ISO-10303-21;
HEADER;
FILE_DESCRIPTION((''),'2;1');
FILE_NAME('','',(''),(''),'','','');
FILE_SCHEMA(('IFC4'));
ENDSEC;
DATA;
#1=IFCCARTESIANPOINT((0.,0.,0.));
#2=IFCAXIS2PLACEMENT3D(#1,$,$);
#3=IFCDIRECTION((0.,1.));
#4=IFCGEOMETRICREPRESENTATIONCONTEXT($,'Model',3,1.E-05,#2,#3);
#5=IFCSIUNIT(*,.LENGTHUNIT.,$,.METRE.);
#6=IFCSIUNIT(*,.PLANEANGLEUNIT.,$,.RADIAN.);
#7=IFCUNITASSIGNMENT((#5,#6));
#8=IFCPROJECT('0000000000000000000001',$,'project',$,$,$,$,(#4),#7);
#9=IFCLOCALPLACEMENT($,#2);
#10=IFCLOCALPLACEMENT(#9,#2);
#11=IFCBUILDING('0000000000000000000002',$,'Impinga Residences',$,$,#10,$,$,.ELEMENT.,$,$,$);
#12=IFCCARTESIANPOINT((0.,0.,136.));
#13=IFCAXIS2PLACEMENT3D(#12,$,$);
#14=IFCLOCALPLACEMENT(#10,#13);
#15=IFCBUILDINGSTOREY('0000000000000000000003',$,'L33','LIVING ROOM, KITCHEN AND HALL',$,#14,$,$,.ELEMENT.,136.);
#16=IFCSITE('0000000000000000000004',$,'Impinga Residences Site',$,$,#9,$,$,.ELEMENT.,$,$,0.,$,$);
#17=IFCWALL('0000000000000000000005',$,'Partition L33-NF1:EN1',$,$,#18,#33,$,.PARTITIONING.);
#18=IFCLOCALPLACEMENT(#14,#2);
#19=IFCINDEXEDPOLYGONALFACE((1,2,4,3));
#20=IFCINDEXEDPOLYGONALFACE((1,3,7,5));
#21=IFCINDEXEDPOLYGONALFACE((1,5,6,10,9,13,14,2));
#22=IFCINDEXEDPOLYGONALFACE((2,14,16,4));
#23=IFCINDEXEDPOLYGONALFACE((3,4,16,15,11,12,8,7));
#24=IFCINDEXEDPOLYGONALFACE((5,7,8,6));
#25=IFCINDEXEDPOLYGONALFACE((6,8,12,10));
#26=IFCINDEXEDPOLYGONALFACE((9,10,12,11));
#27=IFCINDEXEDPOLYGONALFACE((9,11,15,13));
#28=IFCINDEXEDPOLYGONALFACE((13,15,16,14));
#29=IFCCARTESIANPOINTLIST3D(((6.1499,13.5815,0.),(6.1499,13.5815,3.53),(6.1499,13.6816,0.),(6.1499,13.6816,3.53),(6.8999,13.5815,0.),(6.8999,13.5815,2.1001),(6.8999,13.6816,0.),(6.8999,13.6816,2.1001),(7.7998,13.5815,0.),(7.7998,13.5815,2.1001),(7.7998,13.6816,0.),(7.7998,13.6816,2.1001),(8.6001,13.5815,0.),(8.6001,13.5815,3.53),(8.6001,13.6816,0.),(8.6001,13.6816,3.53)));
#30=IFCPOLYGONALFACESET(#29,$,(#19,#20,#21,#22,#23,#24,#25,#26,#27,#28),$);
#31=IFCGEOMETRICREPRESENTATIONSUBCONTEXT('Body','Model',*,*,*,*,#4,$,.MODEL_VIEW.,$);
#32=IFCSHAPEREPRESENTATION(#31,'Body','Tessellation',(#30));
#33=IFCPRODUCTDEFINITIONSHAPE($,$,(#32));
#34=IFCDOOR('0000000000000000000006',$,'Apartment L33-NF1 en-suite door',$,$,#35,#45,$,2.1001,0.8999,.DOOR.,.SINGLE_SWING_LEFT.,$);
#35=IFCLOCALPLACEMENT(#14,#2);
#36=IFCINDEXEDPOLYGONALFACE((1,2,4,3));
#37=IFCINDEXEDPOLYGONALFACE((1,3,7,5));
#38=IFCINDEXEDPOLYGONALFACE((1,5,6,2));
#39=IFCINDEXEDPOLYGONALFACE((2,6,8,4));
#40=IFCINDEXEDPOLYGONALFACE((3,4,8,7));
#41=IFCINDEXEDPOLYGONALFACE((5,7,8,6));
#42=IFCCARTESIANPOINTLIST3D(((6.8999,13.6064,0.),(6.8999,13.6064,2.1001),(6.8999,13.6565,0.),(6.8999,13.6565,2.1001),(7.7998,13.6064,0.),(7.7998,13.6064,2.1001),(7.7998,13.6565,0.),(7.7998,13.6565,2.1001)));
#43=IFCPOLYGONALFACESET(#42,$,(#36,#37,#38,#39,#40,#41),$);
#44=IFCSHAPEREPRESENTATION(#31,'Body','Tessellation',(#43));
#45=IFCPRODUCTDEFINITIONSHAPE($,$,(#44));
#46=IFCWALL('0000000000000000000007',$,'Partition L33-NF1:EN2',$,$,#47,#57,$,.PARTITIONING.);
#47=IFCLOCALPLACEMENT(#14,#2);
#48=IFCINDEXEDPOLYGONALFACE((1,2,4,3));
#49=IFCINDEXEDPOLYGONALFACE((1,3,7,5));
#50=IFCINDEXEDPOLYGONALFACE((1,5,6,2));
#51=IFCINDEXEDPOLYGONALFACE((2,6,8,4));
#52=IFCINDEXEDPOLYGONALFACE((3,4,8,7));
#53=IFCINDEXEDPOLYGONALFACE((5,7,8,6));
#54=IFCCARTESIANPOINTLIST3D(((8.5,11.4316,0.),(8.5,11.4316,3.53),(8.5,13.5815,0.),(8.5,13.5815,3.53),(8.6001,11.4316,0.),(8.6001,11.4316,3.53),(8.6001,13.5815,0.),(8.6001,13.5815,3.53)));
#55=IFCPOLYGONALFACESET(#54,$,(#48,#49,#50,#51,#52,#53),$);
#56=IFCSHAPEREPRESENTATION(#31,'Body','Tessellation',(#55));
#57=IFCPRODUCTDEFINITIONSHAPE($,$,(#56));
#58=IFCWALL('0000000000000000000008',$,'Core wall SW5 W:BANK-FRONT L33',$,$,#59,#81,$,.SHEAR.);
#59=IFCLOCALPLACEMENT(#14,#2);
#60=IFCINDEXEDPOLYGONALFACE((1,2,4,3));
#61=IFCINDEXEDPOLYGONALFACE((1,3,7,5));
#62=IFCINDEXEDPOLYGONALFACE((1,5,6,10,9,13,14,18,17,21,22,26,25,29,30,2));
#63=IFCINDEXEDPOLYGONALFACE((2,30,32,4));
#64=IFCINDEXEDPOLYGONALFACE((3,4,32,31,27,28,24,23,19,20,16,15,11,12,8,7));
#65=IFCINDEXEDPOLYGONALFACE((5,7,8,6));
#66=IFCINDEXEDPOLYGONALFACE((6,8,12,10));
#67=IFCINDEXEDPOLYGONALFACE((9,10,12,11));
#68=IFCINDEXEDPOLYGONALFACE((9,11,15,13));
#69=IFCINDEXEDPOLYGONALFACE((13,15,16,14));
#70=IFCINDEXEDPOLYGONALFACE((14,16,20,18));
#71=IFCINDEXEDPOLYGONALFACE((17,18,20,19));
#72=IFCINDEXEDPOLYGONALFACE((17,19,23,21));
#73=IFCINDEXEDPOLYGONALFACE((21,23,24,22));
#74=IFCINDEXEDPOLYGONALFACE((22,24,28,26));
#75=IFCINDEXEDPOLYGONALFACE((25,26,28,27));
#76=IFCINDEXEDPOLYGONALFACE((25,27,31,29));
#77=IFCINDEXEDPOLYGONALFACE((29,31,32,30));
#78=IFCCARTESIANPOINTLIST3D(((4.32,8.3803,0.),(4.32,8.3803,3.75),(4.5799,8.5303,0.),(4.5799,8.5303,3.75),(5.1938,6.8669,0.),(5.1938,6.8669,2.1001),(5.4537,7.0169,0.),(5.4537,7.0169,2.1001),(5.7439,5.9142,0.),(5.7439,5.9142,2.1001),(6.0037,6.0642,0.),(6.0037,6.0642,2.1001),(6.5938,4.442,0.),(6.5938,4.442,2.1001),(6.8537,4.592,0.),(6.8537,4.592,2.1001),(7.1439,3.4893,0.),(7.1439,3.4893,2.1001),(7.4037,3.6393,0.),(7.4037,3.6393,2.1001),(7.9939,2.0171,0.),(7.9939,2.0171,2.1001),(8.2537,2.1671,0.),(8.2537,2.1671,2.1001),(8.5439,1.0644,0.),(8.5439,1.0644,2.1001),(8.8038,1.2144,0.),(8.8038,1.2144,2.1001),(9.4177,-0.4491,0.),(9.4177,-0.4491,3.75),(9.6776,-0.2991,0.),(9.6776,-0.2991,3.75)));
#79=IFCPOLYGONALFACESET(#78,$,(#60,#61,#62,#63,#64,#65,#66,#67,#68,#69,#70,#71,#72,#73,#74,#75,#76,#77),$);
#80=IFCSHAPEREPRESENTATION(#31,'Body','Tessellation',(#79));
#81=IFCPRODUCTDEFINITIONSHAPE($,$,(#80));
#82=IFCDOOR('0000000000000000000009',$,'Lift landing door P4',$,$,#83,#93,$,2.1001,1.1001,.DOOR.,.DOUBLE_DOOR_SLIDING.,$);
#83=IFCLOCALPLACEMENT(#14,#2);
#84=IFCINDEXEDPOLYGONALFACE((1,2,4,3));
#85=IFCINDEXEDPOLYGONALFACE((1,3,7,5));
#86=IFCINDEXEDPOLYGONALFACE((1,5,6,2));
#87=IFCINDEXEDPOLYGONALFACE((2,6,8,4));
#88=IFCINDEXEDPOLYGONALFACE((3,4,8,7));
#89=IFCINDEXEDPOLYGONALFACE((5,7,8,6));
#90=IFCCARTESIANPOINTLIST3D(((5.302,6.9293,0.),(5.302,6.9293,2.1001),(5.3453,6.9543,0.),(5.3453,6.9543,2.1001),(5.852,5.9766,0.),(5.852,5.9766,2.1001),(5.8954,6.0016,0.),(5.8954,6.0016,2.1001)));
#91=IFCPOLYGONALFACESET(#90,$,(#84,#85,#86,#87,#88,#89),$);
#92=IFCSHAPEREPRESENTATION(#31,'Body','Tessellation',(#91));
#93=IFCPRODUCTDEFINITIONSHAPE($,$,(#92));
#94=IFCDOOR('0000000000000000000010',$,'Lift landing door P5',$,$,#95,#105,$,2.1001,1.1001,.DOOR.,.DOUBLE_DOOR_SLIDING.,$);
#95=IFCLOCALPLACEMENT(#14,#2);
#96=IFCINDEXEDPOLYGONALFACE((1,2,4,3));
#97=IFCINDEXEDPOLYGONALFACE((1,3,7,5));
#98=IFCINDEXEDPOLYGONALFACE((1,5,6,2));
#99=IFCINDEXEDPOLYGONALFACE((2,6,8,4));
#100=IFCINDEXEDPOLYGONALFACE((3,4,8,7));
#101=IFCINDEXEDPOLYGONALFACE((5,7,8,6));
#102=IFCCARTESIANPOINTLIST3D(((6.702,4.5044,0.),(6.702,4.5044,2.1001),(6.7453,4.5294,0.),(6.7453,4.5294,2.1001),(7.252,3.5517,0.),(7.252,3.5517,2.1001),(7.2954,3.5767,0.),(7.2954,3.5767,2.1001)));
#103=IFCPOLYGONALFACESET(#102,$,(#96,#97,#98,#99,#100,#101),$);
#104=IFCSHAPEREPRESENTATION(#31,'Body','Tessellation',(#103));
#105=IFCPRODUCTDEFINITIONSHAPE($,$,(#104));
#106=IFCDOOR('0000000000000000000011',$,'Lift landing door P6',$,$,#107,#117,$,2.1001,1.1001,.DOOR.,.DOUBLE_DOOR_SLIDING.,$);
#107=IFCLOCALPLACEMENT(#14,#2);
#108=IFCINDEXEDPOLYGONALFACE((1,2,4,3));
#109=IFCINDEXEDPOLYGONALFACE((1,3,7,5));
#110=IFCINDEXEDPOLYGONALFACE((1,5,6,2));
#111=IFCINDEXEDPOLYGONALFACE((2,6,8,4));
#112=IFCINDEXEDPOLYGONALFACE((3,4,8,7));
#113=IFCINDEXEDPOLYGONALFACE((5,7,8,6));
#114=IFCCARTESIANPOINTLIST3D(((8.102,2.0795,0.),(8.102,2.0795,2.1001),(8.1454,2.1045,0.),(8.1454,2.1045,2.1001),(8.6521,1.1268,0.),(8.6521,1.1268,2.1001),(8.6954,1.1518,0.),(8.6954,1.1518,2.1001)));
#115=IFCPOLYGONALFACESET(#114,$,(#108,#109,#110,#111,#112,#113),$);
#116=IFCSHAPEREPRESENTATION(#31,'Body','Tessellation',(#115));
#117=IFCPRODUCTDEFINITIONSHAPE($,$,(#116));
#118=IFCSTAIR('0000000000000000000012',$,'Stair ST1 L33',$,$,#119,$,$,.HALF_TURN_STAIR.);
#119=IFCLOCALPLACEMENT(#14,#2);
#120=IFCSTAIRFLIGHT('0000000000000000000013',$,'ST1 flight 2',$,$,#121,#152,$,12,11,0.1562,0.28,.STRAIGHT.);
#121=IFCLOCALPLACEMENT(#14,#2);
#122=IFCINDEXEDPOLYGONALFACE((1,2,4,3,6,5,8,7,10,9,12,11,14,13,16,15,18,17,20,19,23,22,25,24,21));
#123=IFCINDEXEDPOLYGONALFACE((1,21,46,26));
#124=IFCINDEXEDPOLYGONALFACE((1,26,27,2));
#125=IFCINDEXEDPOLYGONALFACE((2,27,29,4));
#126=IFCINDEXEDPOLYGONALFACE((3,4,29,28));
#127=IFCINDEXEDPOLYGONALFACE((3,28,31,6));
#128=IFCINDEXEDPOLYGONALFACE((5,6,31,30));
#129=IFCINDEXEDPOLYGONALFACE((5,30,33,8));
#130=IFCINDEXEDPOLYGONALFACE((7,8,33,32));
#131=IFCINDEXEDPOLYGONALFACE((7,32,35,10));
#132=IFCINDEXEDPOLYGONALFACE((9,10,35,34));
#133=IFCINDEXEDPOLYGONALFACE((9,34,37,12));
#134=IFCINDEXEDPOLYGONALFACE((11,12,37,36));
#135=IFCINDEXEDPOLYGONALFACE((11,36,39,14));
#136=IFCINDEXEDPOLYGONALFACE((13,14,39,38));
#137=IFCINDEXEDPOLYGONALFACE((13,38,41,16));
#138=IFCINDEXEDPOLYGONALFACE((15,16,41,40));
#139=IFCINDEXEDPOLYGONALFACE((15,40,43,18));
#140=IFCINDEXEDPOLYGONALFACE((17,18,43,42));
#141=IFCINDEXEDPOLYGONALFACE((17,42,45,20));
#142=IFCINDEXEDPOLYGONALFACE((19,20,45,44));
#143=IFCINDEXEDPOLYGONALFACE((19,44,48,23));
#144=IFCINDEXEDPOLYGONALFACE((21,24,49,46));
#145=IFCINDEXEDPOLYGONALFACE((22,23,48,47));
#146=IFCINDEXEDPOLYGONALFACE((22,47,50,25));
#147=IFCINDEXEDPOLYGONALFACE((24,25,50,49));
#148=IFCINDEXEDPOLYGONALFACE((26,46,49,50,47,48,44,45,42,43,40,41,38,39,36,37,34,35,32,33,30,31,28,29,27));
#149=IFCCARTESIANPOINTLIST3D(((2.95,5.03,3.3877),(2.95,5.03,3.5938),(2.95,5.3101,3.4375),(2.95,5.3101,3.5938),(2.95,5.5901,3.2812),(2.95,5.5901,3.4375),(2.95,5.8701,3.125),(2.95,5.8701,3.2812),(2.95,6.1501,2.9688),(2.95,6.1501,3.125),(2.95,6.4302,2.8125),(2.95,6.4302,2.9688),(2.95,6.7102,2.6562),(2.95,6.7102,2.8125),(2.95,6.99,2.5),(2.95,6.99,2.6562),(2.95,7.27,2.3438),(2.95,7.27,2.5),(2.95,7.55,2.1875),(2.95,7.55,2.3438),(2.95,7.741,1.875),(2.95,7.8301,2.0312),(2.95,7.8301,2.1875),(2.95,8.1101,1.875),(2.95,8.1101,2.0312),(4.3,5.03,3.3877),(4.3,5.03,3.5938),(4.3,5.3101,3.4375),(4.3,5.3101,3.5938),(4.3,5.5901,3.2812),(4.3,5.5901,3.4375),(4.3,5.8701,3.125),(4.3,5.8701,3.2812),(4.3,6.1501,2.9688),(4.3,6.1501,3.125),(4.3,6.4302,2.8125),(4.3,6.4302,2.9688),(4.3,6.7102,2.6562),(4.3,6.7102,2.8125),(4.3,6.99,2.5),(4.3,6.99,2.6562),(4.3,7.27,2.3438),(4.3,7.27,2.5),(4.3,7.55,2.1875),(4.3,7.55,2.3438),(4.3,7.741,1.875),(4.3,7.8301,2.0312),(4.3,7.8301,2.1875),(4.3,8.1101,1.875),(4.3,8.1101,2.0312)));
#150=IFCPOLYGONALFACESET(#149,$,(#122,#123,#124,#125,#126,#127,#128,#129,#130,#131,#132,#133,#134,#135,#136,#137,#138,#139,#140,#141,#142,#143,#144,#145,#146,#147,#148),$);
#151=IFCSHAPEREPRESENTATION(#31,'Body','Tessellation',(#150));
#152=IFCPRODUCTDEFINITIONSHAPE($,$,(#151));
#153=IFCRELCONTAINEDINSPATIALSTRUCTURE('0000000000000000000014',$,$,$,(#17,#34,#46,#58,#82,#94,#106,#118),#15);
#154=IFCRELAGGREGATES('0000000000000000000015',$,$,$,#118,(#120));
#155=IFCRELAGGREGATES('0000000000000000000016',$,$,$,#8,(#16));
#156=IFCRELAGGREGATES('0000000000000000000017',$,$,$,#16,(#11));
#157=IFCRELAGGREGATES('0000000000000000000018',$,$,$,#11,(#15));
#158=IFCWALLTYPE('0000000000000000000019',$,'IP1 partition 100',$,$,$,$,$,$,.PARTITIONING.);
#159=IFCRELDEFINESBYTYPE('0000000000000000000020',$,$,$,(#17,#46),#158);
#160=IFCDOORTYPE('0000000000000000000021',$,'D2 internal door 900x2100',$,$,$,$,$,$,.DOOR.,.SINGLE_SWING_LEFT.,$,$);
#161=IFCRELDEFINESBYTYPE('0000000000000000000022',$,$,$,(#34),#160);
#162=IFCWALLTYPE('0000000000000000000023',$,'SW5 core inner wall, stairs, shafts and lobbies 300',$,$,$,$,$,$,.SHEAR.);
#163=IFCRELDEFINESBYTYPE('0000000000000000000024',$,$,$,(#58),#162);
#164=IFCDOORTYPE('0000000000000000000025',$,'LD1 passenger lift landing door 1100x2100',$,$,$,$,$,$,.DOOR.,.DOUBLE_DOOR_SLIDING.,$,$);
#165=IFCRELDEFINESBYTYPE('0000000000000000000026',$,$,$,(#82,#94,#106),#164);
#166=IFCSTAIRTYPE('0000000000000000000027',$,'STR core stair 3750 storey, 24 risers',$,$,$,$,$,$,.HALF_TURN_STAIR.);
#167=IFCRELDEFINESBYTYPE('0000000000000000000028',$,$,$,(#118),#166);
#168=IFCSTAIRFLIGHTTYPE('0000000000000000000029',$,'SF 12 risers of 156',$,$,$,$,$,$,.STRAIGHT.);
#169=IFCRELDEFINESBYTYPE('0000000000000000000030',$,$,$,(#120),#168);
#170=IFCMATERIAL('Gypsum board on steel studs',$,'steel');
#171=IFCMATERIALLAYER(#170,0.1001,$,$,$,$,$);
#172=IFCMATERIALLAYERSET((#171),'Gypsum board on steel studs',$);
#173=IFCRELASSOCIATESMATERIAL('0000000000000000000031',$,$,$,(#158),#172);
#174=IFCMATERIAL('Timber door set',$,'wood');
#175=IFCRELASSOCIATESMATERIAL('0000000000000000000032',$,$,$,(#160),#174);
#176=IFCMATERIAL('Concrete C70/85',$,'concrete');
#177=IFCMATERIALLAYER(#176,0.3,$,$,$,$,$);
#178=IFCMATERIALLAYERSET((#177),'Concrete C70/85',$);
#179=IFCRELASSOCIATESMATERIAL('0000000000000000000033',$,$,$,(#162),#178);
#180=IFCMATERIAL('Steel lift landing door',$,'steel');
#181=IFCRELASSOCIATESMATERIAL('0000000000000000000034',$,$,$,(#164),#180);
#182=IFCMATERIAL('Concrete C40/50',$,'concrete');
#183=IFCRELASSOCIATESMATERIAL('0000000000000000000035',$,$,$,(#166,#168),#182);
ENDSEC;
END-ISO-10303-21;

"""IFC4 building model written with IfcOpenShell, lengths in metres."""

from ifc_helpers import new_model, si_unit, direction, frame, frame_2d, origin, place, context, subcontext, project, spatial, polyline, rectangle, outline, extrude, material, layer, layer_set, type_object, element, fill, aggregate, save


model = new_model("IFC4")

# Units and contexts
model_context = context("Model", 3, precision=1e-05, world=origin(), true_north=direction((0.0, 1.0)))
body_context = subcontext(model_context, "Body", "Model", "MODEL_VIEW")
ifc_project = project(units=[si_unit("LENGTHUNIT", "METRE"), si_unit("PLANEANGLEUNIT", "RADIAN")], contexts=[model_context])

# Site, building, storey
site_placement = place(None, origin())
site = spatial("IfcSite", under=ifc_project, at=site_placement, Name="Impinga Residences Site", CompositionType="ELEMENT", RefElevation=0.0)
building_placement = place(site_placement, origin())
building = spatial("IfcBuilding", under=site, at=building_placement, Name="Impinga Residences", CompositionType="ELEMENT")
storey_placement = place(building_placement, frame((0.0, 0.0, 136.0)))
storey = spatial("IfcBuildingStorey", under=building, at=storey_placement, Name="L33", Description="LIVING ROOM, KITCHEN AND HALL", CompositionType="ELEMENT", Elevation=136.0)

# Shared definitions
ifc_material_1 = material(Name="Gypsum board on steel studs", Category="steel")
ifc_layer_1 = layer(ifc_material_1, 0.1001)
ifc_layer_set_1 = layer_set([ifc_layer_1], Name="Gypsum board on steel studs")
wall_type_1 = type_object("IfcWallType", Name="IP1 partition 100", PredefinedType="PARTITIONING", material=ifc_layer_set_1)

# Shared definitions
ifc_material_2 = material(Name="Timber door set", Category="wood")
door_type_1 = type_object("IfcDoorType", Name="D2 internal door 900x2100", OperationType="SINGLE_SWING_LEFT", PredefinedType="DOOR", material=ifc_material_2)

# Wall, opening, door
wall_1_placement = place(storey_placement, frame((6.1499, 13.6316, 0.0), z_axis=(0.0, 0.0, 1.0), x_axis=(1.0, 0.0, 0.0)))
wall_1 = element("IfcWall", 1, at=wall_1_placement, inside=storey, type_object=wall_type_1, Name="Partition L33-NF1:EN1", PredefinedType="PARTITIONING", context=body_context, shape_type="SweptSolid", body=[
    extrude(rectangle(XDim=2.4502, YDim=0.1001, at=frame_2d((1.2251, 0.0))), origin(), (0.0, 0.0, 1.0), 3.53),
])
opening_1_placement = place(wall_1_placement, frame((0.75, 0.0, 0.0)))
opening_1 = element("IfcOpeningElement", 2, at=opening_1_placement, cuts=wall_1, PredefinedType="OPENING", context=body_context, shape_type="SweptSolid", body=[
    extrude(rectangle(XDim=0.8999, YDim=2.1001, at=frame_2d((0.45, 1.05))), frame((0.0, 0.0601, 0.0), z_axis=(0.0, -1.0, 0.0), x_axis=(1.0, 0.0, 0.0)), (0.0, 0.0, 1.0), 0.1201),
])
door_1_placement = place(opening_1_placement, origin())
door_1 = element("IfcDoor", 3, at=door_1_placement, inside=storey, type_object=door_type_1, Name="Apartment L33-NF1 en-suite door", OperationType="SINGLE_SWING_LEFT", OverallHeight=2.1001, OverallWidth=0.8999, PredefinedType="DOOR", context=body_context, shape_type="SweptSolid", body=[
    extrude(rectangle(XDim=0.8999, YDim=2.1001, at=frame_2d((0.45, 1.05))), frame((0.0, 0.0249, 0.0), z_axis=(0.0, -1.0, 0.0), x_axis=(1.0, 0.0, 0.0)), (0.0, 0.0, 1.0), 0.05),
])
fill(opening_1, door_1)

# Wall
wall_2_placement = place(storey_placement, frame((8.55, 11.4316, 0.0), z_axis=(0.0, 0.0, 1.0), x_axis=(0.0, 1.0, 0.0)))
element("IfcWall", 4, at=wall_2_placement, inside=storey, type_object=wall_type_1, Name="Partition L33-NF1:EN2", PredefinedType="PARTITIONING", context=body_context, shape_type="SweptSolid", body=[
    extrude(rectangle(XDim=2.1499, YDim=0.1001, at=frame_2d((1.075, 0.0))), origin(), (0.0, 0.0, 1.0), 3.53),
])

# Wall, openings, doors
ifc_material_3 = material(Name="Concrete C70/85", Category="concrete")
ifc_layer_2 = layer(ifc_material_3, 0.3)
ifc_layer_set_2 = layer_set([ifc_layer_2], Name="Concrete C70/85")
wall_type_2 = type_object("IfcWallType", Name="SW5 core inner wall, stairs, shafts and lobbies 300", PredefinedType="SHEAR", material=ifc_layer_set_2)
wall_3_placement = place(storey_placement, frame((4.45, 8.4553, 0.0), z_axis=(0.0, 0.0, 1.0), x_axis=(0.500002, -0.866024, 0.0)))
wall_3 = element("IfcWall", 5, at=wall_3_placement, inside=storey, type_object=wall_type_2, Name="Core wall SW5 W:BANK-FRONT L33", PredefinedType="SHEAR", context=body_context, shape_type="SweptSolid", body=[
    extrude(rectangle(XDim=10.1953, YDim=0.3, at=frame_2d((5.0977, 0.0))), origin(), (0.0, 0.0, 1.0), 3.75),
])
opening_2_placement = place(wall_3_placement, frame((1.7476, 0.0, 0.0)))
opening_2 = element("IfcOpeningElement", 6, at=opening_2_placement, cuts=wall_3, PredefinedType="OPENING", context=body_context, shape_type="SweptSolid", body=[
    extrude(rectangle(XDim=1.1001, YDim=2.1001, at=frame_2d((0.55, 1.05))), frame((0.0, 0.1599, 0.0), z_axis=(0.0, -1.0, 0.0), x_axis=(1.0, 0.0, 0.0)), (0.0, 0.0, 1.0), 0.3201),
])
opening_3_placement = place(wall_3_placement, frame((4.5476, 0.0, 0.0)))
opening_3 = element("IfcOpeningElement", 7, at=opening_3_placement, cuts=wall_3, PredefinedType="OPENING", context=body_context, shape_type="SweptSolid", body=[
    extrude(rectangle(XDim=1.1001, YDim=2.1001, at=frame_2d((0.55, 1.05))), frame((0.0, 0.1599, 0.0), z_axis=(0.0, -1.0, 0.0), x_axis=(1.0, 0.0, 0.0)), (0.0, 0.0, 1.0), 0.3201),
])
opening_4_placement = place(wall_3_placement, frame((7.3477, 0.0, 0.0)))
opening_4 = element("IfcOpeningElement", 8, at=opening_4_placement, cuts=wall_3, PredefinedType="OPENING", context=body_context, shape_type="SweptSolid", body=[
    extrude(rectangle(XDim=1.1001, YDim=2.1001, at=frame_2d((0.55, 1.05))), frame((0.0, 0.1599, 0.0), z_axis=(0.0, -1.0, 0.0), x_axis=(1.0, 0.0, 0.0)), (0.0, 0.0, 1.0), 0.3201),
])
ifc_material_4 = material(Name="Steel lift landing door", Category="steel")
door_type_2 = type_object("IfcDoorType", Name="LD1 passenger lift landing door 1100x2100", OperationType="DOUBLE_DOOR_SLIDING", PredefinedType="DOOR", material=ifc_material_4)
door_2_placement = place(opening_2_placement, origin())
door_2 = element("IfcDoor", 9, at=door_2_placement, inside=storey, type_object=door_type_2, Name="Lift landing door P4", OperationType="DOUBLE_DOOR_SLIDING", OverallHeight=2.1001, OverallWidth=1.1001, PredefinedType="DOOR", context=body_context, shape_type="SweptSolid", body=[
    extrude(rectangle(XDim=1.1001, YDim=2.1001, at=frame_2d((0.55, 1.05))), frame((0.0, 0.0249, 0.0), z_axis=(0.0, -1.0, 0.0), x_axis=(1.0, 0.0, 0.0)), (0.0, 0.0, 1.0), 0.05),
])
fill(opening_2, door_2)
door_3_placement = place(opening_3_placement, origin())
door_3 = element("IfcDoor", 10, at=door_3_placement, inside=storey, type_object=door_type_2, Name="Lift landing door P5", OperationType="DOUBLE_DOOR_SLIDING", OverallHeight=2.1001, OverallWidth=1.1001, PredefinedType="DOOR", context=body_context, shape_type="SweptSolid", body=[
    extrude(rectangle(XDim=1.1001, YDim=2.1001, at=frame_2d((0.55, 1.05))), frame((0.0, 0.0249, 0.0), z_axis=(0.0, -1.0, 0.0), x_axis=(1.0, 0.0, 0.0)), (0.0, 0.0, 1.0), 0.05),
])
fill(opening_3, door_3)
door_4_placement = place(opening_4_placement, origin())
door_4 = element("IfcDoor", 11, at=door_4_placement, inside=storey, type_object=door_type_2, Name="Lift landing door P6", OperationType="DOUBLE_DOOR_SLIDING", OverallHeight=2.1001, OverallWidth=1.1001, PredefinedType="DOOR", context=body_context, shape_type="SweptSolid", body=[
    extrude(rectangle(XDim=1.1001, YDim=2.1001, at=frame_2d((0.55, 1.05))), frame((0.0, 0.0249, 0.0), z_axis=(0.0, -1.0, 0.0), x_axis=(1.0, 0.0, 0.0)), (0.0, 0.0, 1.0), 0.05),
])
fill(opening_4, door_4)

# Stair, stair flight
ifc_material_5 = material(Name="Concrete C40/50", Category="concrete")
stair_type = type_object("IfcStairType", Name="STR core stair 3750 storey, 24 risers", PredefinedType="HALF_TURN_STAIR", material=ifc_material_5)
stair_placement = place(storey_placement, origin())
stair = element("IfcStair", 12, at=stair_placement, inside=storey, type_object=stair_type, Name="Stair ST1 L33", PredefinedType="HALF_TURN_STAIR")
stair_flight_type = type_object("IfcStairFlightType", Name="SF 12 risers of 156", PredefinedType="STRAIGHT", material=ifc_material_5)
stair_flight_placement = place(storey_placement, frame((3.625, 8.1101, 1.875), z_axis=(0.0, 0.0, 1.0), x_axis=(0.0, -1.0, 0.0)))
stair_flight = element("IfcStairFlight", 13, at=stair_flight_placement, type_object=stair_flight_type, Name="ST1 flight 2", NumberOfRisers=12, NumberOfTreads=11, PredefinedType="STRAIGHT", RiserHeight=0.1562, TreadLength=0.28, context=body_context, shape_type="SweptSolid", body=[
    extrude(outline(polyline([(0.0, 0.0), (0.0, 0.1562), (0.28, 0.1562), (0.28, 0.3125), (0.5601, 0.3125), (0.5601, 0.4688), (0.8401, 0.4688), (0.8401, 0.625), (1.1201, 0.625), (1.1201, 0.7812), (1.3999, 0.7812), (1.3999, 0.9375), (1.6799, 0.9375), (1.6799, 1.0938), (1.96, 1.0938), (1.96, 1.25), (2.24, 1.25), (2.24, 1.4062), (2.52, 1.4062), (2.52, 1.5625), (2.8, 1.5625), (2.8, 1.7188), (3.0801, 1.7188), (3.0801, 1.875), (3.0801, 1.5127), (0.3691, 0.0), (0.0, 0.0)])), frame((0.0, 0.675, 0.0), z_axis=(0.0, -1.0, 0.0), x_axis=(1.0, 0.0, 0.0)), (0.0, 0.0, 1.0), 1.3501),
])
aggregate(stair, [stair_flight])

save(model, "model.ifc")
